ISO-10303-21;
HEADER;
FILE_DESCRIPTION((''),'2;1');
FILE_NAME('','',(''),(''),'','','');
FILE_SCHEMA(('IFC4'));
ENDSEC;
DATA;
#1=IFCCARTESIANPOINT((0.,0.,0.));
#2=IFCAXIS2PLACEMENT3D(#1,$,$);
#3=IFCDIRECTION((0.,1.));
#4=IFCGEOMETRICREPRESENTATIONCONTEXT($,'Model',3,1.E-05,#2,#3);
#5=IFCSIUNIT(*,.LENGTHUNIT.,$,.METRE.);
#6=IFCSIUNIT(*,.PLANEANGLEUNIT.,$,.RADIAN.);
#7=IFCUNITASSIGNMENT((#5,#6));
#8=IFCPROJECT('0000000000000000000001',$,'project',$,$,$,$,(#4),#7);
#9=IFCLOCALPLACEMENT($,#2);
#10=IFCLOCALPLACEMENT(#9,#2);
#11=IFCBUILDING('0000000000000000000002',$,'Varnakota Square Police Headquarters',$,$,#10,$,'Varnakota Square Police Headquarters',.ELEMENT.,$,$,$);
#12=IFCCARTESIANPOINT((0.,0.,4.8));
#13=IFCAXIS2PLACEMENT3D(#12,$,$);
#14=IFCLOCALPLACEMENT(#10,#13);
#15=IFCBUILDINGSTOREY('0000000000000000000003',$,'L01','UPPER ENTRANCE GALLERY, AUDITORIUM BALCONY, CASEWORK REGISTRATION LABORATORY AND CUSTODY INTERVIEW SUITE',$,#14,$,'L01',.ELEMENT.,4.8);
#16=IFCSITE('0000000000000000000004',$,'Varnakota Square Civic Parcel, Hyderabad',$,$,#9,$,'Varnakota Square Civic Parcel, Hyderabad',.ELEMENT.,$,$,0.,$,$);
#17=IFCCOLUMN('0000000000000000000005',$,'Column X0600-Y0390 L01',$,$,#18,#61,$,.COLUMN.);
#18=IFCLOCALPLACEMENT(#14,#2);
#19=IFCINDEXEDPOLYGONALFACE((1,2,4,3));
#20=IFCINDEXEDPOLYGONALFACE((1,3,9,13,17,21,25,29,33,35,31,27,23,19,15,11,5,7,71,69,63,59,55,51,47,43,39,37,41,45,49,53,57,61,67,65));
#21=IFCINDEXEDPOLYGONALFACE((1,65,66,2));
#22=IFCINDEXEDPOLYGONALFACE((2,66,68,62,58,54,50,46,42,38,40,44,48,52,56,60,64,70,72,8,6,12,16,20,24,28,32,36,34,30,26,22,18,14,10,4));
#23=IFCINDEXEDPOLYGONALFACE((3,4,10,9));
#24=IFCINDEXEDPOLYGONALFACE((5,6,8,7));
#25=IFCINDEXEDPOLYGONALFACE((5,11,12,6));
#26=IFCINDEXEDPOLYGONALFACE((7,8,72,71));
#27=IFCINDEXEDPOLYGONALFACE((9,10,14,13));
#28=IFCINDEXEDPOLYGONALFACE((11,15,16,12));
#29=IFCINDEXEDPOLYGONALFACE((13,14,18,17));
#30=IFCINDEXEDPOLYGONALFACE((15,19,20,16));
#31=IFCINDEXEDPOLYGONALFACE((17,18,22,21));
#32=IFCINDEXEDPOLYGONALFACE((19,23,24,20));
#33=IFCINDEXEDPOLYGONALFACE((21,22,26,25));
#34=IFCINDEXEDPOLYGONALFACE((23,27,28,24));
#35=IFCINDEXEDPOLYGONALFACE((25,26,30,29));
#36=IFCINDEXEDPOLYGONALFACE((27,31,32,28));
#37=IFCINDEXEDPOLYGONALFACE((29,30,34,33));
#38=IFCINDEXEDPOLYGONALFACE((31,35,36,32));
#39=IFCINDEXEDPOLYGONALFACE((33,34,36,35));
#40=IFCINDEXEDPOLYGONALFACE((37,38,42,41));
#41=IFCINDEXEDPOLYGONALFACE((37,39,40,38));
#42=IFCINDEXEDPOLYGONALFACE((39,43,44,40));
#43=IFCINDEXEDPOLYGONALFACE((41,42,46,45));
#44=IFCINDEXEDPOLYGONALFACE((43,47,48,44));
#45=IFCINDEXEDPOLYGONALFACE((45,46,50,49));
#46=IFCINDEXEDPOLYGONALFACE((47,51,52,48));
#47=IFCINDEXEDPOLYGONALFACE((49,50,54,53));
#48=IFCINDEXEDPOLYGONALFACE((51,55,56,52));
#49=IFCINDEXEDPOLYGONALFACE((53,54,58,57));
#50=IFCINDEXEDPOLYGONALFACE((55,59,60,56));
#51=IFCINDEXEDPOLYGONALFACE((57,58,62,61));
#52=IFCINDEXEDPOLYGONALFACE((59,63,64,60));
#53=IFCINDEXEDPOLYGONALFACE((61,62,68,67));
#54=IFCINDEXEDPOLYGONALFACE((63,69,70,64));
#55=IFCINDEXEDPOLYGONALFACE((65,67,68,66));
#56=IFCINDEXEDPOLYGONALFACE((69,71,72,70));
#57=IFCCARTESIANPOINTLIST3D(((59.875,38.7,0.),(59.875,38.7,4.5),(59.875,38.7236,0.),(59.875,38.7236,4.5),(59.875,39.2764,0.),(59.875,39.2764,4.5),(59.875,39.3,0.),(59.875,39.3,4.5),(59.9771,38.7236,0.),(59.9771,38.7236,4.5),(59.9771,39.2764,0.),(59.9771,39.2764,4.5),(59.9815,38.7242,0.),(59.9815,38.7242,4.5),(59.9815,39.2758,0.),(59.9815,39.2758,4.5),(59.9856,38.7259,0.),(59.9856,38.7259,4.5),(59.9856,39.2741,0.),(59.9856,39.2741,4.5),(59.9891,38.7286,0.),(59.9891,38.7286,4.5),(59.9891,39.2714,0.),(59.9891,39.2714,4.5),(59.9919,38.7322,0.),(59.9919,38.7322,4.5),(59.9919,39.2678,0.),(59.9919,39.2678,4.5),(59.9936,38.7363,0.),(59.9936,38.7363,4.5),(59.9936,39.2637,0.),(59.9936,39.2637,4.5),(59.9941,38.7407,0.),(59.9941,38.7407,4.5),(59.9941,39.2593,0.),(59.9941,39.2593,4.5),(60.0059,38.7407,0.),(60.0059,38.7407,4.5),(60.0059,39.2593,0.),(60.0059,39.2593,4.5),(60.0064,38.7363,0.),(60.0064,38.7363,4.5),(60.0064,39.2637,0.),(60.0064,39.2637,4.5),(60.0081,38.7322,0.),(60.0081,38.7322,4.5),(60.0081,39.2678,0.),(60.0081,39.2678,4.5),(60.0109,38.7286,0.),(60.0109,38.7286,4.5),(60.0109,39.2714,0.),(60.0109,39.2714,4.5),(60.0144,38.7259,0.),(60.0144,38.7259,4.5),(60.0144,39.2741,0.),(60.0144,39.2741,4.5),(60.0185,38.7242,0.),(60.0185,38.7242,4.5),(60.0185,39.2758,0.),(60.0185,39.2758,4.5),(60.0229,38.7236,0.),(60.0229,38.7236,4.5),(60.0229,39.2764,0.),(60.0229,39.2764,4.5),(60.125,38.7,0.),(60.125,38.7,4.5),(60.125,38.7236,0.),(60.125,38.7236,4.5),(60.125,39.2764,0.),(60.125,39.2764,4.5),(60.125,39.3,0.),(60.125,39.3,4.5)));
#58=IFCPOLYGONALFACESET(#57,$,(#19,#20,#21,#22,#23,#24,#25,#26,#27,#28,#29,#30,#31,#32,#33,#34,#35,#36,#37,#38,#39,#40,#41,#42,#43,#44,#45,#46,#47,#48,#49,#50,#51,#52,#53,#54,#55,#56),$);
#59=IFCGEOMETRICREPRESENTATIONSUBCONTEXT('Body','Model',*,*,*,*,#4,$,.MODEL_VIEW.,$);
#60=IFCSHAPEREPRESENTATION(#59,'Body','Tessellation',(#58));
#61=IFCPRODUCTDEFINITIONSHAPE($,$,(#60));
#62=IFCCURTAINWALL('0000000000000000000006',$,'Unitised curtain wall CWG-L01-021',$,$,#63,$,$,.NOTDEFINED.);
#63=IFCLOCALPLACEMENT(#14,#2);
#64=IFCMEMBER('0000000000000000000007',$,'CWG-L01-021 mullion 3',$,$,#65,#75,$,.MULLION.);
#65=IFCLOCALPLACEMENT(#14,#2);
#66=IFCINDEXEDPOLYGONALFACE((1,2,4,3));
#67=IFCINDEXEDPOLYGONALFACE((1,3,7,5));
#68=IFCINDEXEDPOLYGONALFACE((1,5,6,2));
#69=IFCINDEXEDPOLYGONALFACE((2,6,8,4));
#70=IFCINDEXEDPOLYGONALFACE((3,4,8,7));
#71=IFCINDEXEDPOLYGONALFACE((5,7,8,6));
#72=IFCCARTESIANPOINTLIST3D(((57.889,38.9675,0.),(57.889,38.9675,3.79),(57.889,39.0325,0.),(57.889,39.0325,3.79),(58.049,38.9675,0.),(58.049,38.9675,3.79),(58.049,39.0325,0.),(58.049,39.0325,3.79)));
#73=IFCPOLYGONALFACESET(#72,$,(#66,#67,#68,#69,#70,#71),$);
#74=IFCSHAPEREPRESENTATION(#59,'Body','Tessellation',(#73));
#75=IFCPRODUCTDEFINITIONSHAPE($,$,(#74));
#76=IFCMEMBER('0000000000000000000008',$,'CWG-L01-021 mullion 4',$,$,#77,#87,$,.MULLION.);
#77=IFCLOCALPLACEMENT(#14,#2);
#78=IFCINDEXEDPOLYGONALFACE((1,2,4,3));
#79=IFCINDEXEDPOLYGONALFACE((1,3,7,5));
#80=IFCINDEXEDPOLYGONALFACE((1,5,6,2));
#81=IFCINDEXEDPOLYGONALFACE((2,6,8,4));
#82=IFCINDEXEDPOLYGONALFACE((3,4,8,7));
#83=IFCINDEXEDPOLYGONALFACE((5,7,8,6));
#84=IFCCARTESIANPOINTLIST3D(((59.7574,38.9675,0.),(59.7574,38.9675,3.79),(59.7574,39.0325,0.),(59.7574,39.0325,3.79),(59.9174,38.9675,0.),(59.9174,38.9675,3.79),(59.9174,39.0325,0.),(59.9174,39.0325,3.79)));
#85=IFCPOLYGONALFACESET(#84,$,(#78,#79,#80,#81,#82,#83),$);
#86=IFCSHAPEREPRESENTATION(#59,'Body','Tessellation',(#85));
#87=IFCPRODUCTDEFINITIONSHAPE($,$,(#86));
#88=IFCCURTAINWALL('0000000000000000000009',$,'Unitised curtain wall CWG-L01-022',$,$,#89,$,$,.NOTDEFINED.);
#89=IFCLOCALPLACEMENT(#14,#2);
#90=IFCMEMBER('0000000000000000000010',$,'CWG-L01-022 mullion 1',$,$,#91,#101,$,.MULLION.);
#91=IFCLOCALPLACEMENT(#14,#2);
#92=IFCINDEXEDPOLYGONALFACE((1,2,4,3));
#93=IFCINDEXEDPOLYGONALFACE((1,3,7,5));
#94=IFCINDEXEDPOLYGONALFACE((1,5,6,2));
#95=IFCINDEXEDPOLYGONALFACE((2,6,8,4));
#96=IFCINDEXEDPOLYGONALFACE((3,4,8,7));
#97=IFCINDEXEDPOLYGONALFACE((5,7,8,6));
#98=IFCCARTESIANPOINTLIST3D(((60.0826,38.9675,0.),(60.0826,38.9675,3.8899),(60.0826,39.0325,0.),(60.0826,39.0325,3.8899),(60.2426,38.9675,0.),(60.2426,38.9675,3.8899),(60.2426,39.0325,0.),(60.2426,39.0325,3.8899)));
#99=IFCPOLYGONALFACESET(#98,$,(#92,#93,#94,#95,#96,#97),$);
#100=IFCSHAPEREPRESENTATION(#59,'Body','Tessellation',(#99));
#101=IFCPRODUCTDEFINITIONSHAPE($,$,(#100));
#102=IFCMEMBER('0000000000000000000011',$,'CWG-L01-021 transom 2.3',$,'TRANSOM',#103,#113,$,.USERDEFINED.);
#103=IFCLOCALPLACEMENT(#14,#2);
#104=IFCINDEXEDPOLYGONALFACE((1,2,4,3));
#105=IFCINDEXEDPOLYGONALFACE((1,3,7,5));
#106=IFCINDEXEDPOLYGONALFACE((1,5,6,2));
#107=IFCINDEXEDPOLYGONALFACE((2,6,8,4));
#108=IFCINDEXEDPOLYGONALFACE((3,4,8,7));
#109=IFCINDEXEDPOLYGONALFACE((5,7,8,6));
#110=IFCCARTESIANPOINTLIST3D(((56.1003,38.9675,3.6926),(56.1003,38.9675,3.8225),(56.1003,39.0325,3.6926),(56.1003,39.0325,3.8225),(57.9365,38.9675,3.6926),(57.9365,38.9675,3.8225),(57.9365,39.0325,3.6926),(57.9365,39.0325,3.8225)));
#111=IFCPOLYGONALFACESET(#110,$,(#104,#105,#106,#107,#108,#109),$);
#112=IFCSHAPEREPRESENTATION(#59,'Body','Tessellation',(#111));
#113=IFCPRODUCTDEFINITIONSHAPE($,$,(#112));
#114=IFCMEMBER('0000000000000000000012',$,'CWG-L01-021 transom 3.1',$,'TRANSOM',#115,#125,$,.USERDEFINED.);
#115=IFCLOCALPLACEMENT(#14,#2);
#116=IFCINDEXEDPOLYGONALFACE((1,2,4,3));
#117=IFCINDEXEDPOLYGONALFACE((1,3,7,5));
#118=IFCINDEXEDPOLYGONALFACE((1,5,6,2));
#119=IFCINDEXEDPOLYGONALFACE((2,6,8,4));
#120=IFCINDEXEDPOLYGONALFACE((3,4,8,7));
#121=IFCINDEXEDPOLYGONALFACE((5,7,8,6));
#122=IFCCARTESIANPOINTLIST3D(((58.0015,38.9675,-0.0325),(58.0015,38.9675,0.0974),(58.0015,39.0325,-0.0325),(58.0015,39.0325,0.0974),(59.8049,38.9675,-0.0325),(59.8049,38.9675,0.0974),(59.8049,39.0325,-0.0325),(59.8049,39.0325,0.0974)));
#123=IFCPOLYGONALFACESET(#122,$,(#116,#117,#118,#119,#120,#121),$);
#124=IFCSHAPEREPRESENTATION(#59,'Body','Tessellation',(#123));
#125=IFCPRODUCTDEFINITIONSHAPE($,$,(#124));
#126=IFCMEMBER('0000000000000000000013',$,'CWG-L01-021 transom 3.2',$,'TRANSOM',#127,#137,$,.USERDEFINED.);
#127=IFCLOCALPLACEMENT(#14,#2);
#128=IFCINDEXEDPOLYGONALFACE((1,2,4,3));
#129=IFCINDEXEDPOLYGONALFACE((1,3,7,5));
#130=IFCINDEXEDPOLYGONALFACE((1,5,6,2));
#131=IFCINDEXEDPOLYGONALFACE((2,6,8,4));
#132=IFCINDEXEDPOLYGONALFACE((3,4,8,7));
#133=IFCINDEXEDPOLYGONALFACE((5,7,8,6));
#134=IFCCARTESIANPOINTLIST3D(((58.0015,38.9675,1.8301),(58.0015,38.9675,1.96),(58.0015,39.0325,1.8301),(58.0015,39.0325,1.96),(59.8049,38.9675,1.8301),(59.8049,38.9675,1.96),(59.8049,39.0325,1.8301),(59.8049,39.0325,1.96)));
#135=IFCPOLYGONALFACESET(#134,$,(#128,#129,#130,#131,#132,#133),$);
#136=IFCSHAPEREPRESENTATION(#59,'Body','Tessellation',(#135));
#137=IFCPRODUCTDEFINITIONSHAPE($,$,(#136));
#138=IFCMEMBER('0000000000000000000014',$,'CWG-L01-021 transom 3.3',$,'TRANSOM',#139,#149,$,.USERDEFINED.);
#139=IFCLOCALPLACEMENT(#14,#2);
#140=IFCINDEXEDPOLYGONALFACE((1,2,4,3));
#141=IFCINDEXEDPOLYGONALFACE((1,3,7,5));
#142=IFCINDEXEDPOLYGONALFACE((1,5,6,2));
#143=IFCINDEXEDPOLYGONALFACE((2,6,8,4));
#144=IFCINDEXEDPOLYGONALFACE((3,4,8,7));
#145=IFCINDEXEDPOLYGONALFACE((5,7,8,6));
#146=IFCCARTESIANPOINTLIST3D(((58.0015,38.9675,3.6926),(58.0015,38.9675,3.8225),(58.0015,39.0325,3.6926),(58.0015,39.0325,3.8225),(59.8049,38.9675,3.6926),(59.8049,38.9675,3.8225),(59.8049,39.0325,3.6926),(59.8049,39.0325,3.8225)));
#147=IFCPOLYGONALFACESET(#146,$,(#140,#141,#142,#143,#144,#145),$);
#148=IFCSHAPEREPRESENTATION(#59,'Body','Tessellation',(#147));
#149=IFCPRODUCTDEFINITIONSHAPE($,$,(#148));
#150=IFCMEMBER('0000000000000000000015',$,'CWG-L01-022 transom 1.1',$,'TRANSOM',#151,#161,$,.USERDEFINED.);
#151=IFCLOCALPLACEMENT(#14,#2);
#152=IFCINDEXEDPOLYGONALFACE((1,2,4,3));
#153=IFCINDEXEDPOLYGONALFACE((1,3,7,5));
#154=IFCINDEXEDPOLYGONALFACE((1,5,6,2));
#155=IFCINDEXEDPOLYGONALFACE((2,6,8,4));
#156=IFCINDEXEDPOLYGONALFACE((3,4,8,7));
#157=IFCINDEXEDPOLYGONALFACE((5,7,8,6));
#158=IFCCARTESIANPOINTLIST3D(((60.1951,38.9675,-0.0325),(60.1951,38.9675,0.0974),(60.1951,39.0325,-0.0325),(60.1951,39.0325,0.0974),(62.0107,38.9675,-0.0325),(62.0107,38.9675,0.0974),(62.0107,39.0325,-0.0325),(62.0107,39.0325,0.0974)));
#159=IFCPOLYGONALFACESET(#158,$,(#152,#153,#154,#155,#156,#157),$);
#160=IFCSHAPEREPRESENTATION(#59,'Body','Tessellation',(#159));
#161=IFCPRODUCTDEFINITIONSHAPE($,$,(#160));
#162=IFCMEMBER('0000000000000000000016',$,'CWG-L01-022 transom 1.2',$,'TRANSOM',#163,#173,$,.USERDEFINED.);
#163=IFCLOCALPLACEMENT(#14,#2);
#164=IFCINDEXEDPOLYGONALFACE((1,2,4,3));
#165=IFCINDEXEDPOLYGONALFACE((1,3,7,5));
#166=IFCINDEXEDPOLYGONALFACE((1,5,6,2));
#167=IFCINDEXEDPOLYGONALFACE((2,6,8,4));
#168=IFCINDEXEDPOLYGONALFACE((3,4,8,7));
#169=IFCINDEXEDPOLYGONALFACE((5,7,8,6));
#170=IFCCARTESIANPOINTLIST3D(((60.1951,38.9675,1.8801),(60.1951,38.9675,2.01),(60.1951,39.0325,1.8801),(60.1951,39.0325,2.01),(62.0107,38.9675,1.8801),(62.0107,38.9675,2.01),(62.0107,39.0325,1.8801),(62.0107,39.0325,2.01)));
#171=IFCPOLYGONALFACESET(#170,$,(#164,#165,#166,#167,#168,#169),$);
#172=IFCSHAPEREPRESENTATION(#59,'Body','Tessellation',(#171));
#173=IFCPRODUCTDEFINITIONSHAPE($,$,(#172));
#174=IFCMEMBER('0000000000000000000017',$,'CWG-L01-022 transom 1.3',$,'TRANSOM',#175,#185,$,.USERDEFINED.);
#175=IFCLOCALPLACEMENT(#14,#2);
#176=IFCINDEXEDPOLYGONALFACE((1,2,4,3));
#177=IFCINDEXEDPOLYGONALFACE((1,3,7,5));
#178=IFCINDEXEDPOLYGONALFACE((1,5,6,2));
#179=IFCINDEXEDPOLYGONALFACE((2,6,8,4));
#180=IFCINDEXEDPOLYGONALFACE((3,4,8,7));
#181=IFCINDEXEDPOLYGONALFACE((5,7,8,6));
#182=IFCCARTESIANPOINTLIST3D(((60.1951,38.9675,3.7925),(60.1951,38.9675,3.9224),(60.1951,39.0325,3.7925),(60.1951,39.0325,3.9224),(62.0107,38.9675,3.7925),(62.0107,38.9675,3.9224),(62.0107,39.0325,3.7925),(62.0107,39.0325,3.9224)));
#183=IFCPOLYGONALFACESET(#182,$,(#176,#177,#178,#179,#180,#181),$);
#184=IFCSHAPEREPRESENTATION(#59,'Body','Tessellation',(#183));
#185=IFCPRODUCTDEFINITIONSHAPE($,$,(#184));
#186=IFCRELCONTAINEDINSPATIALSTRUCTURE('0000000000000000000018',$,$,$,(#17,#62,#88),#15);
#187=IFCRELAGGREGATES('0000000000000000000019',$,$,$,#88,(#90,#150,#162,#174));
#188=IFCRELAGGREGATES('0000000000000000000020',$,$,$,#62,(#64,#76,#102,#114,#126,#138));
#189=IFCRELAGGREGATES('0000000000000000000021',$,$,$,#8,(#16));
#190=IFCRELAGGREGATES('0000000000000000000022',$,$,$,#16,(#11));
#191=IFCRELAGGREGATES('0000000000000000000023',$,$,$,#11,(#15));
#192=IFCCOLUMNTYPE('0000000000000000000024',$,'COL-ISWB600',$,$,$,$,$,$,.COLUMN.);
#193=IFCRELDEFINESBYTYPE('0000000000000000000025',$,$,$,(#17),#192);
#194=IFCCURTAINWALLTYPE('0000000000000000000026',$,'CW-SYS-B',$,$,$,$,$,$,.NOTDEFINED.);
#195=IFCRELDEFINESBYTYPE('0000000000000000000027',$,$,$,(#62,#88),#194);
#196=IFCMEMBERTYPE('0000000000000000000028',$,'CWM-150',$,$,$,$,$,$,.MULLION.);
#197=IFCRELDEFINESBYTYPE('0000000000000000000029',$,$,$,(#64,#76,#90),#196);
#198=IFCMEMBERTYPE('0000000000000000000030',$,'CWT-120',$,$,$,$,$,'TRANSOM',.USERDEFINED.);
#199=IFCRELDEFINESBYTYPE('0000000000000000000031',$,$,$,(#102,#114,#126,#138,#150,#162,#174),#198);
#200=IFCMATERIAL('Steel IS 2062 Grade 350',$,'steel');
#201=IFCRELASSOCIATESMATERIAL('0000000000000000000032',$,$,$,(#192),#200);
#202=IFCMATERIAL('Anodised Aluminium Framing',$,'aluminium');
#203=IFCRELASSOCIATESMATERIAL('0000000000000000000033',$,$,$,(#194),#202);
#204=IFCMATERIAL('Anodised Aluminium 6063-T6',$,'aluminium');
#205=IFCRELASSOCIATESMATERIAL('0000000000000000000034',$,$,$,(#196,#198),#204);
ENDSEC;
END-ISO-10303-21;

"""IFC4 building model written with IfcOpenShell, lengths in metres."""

from ifc_helpers import new_model, si_unit, direction, frame, origin, origin_2d, place, context, subcontext, project, spatial, rectangle, i_section, extrude, material, material_profile, profile_set, type_object, element, aggregate, save


model = new_model("IFC4")

# Units and contexts
model_context = context("Model", 3, precision=1e-05, world=origin(), true_north=direction((0.0, 1.0)))
body_context = subcontext(model_context, "Body", "Model", "MODEL_VIEW")
ifc_project = project(units=[si_unit("LENGTHUNIT", "METRE"), si_unit("PLANEANGLEUNIT", "RADIAN")], contexts=[model_context])

# Site, building, storey
site_placement = place(None, origin())
site = spatial("IfcSite", under=ifc_project, at=site_placement, Name="Varnakota Square Civic Parcel, Hyderabad", LongName="Varnakota Square Civic Parcel, Hyderabad", CompositionType="ELEMENT", RefElevation=0.0)
building_placement = place(site_placement, origin())
building = spatial("IfcBuilding", under=site, at=building_placement, Name="Varnakota Square Police Headquarters", LongName="Varnakota Square Police Headquarters", CompositionType="ELEMENT")
storey_placement = place(building_placement, frame((0.0, 0.0, 4.8)))
storey = spatial("IfcBuildingStorey", under=building, at=storey_placement, Name="L01", Description="UPPER ENTRANCE GALLERY, AUDITORIUM BALCONY, CASEWORK REGISTRATION LABORATORY AND CUSTODY INTERVIEW SUITE", LongName="L01", CompositionType="ELEMENT", Elevation=4.8)

# Column
ifc_material_1 = material(Name="Steel IS 2062 Grade 350", Category="steel")
ifc_material_profile_1 = material_profile(ifc_material_1, i_section(OverallWidth=0.25, OverallDepth=0.6001, WebThickness=0.0117, FlangeThickness=0.0237, FilletRadius=0.0171, at=origin_2d()), Name="ISWB 600")
ifc_profile_set_1 = profile_set([ifc_material_profile_1], Name="Steel IS 2062 Grade 350")
column_type = type_object("IfcColumnType", Name="COL-ISWB600", PredefinedType="COLUMN", material=ifc_profile_set_1)
column_placement = place(storey_placement, frame((60.0, 39.0, 0.0), z_axis=(0.0, 0.0, 1.0), x_axis=(1.0, 0.0, 0.0)))
element("IfcColumn", 1, at=column_placement, inside=storey, type_object=column_type, Name="Column X0600-Y0390 L01", PredefinedType="COLUMN", context=body_context, shape_type="SweptSolid", body=[
    extrude(i_section(OverallWidth=0.25, OverallDepth=0.6001, WebThickness=0.0117, FlangeThickness=0.0237, FilletRadius=0.0171, at=origin_2d()), origin(), (0.0, 0.0, 1.0), 4.5),
])

# Curtain wall, members
ifc_material_2 = material(Name="Anodised Aluminium Framing", Category="aluminium")
curtain_wall_type = type_object("IfcCurtainWallType", Name="CW-SYS-B", PredefinedType="NOTDEFINED", material=ifc_material_2)
curtain_wall_1_placement = place(storey_placement, origin())
curtain_wall_1 = element("IfcCurtainWall", 2, at=curtain_wall_1_placement, inside=storey, type_object=curtain_wall_type, Name="Unitised curtain wall CWG-L01-021", PredefinedType="NOTDEFINED")
ifc_material_3 = material(Name="Anodised Aluminium 6063-T6", Category="aluminium")
ifc_material_profile_2 = material_profile(ifc_material_3, rectangle(XDim=0.0649, YDim=0.1599, at=origin_2d()), Name="ALU MULLION 65x160")
ifc_profile_set_2 = profile_set([ifc_material_profile_2], Name="Anodised Aluminium 6063-T6")
member_type_1 = type_object("IfcMemberType", Name="CWM-150", PredefinedType="MULLION", material=ifc_profile_set_2)
member_1_placement = place(storey_placement, frame((57.969, 39.0, 0.0), z_axis=(0.0, 0.0, 1.0), x_axis=(0.0, 1.0, 0.0)))
member_1 = element("IfcMember", 3, at=member_1_placement, type_object=member_type_1, Name="CWG-L01-021 mullion 3", PredefinedType="MULLION", context=body_context, shape_type="SweptSolid", body=[
    extrude(rectangle(XDim=0.0649, YDim=0.1599, at=origin_2d()), origin(), (0.0, 0.0, 1.0), 3.79),
])
member_2_placement = place(storey_placement, frame((59.8374, 39.0, 0.0), z_axis=(0.0, 0.0, 1.0), x_axis=(0.0, 1.0, 0.0)))
member_2 = element("IfcMember", 4, at=member_2_placement, type_object=member_type_1, Name="CWG-L01-021 mullion 4", PredefinedType="MULLION", context=body_context, shape_type="SweptSolid", body=[
    extrude(rectangle(XDim=0.0649, YDim=0.1599, at=origin_2d()), origin(), (0.0, 0.0, 1.0), 3.79),
])

# Curtain wall, member
curtain_wall_2_placement = place(storey_placement, origin())
curtain_wall_2 = element("IfcCurtainWall", 5, at=curtain_wall_2_placement, inside=storey, type_object=curtain_wall_type, Name="Unitised curtain wall CWG-L01-022", PredefinedType="NOTDEFINED")
member_3_placement = place(storey_placement, frame((60.1626, 39.0, 0.0), z_axis=(0.0, 0.0, 1.0), x_axis=(0.0, 1.0, 0.0)))
member_3 = element("IfcMember", 6, at=member_3_placement, type_object=member_type_1, Name="CWG-L01-022 mullion 1", PredefinedType="MULLION", context=body_context, shape_type="SweptSolid", body=[
    extrude(rectangle(XDim=0.0649, YDim=0.1599, at=origin_2d()), origin(), (0.0, 0.0, 1.0), 3.8899),
])

# Members
ifc_material_profile_3 = material_profile(ifc_material_3, rectangle(XDim=0.0649, YDim=0.1299, at=origin_2d()), Name="ALU TRANSOM 65x130")
ifc_profile_set_3 = profile_set([ifc_material_profile_3], Name="Anodised Aluminium 6063-T6")
member_type_2 = type_object("IfcMemberType", Name="CWT-120", ElementType="TRANSOM", PredefinedType="USERDEFINED", material=ifc_profile_set_3)
member_4_placement = place(storey_placement, frame((56.1003, 39.0, 3.7576), z_axis=(1.0, 0.0, 0.0), x_axis=(0.0, 1.0, 0.0)))
member_4 = element("IfcMember", 7, at=member_4_placement, type_object=member_type_2, Name="CWG-L01-021 transom 2.3", ObjectType="TRANSOM", PredefinedType="USERDEFINED", context=body_context, shape_type="SweptSolid", body=[
    extrude(rectangle(XDim=0.0649, YDim=0.1299, at=origin_2d()), origin(), (0.0, 0.0, 1.0), 1.8362),
])
member_5_placement = place(storey_placement, frame((58.0015, 39.0, 0.0325), z_axis=(1.0, 0.0, 0.0), x_axis=(0.0, 1.0, 0.0)))
member_5 = element("IfcMember", 8, at=member_5_placement, type_object=member_type_2, Name="CWG-L01-021 transom 3.1", ObjectType="TRANSOM", PredefinedType="USERDEFINED", context=body_context, shape_type="SweptSolid", body=[
    extrude(rectangle(XDim=0.0649, YDim=0.1299, at=origin_2d()), origin(), (0.0, 0.0, 1.0), 1.8035),
])
member_6_placement = place(storey_placement, frame((58.0015, 39.0, 1.895), z_axis=(1.0, 0.0, 0.0), x_axis=(0.0, 1.0, 0.0)))
member_6 = element("IfcMember", 9, at=member_6_placement, type_object=member_type_2, Name="CWG-L01-021 transom 3.2", ObjectType="TRANSOM", PredefinedType="USERDEFINED", context=body_context, shape_type="SweptSolid", body=[
    extrude(rectangle(XDim=0.0649, YDim=0.1299, at=origin_2d()), origin(), (0.0, 0.0, 1.0), 1.8035),
])
member_7_placement = place(storey_placement, frame((58.0015, 39.0, 3.7576), z_axis=(1.0, 0.0, 0.0), x_axis=(0.0, 1.0, 0.0)))
member_7 = element("IfcMember", 10, at=member_7_placement, type_object=member_type_2, Name="CWG-L01-021 transom 3.3", ObjectType="TRANSOM", PredefinedType="USERDEFINED", context=body_context, shape_type="SweptSolid", body=[
    extrude(rectangle(XDim=0.0649, YDim=0.1299, at=origin_2d()), origin(), (0.0, 0.0, 1.0), 1.8035),
])
member_8_placement = place(storey_placement, frame((60.1951, 39.0, 0.0325), z_axis=(1.0, 0.0, 0.0), x_axis=(0.0, 1.0, 0.0)))
member_8 = element("IfcMember", 11, at=member_8_placement, type_object=member_type_2, Name="CWG-L01-022 transom 1.1", ObjectType="TRANSOM", PredefinedType="USERDEFINED", context=body_context, shape_type="SweptSolid", body=[
    extrude(rectangle(XDim=0.0649, YDim=0.1299, at=origin_2d()), origin(), (0.0, 0.0, 1.0), 1.8157),
])
member_9_placement = place(storey_placement, frame((60.1951, 39.0, 1.9451), z_axis=(1.0, 0.0, 0.0), x_axis=(0.0, 1.0, 0.0)))
member_9 = element("IfcMember", 12, at=member_9_placement, type_object=member_type_2, Name="CWG-L01-022 transom 1.2", ObjectType="TRANSOM", PredefinedType="USERDEFINED", context=body_context, shape_type="SweptSolid", body=[
    extrude(rectangle(XDim=0.0649, YDim=0.1299, at=origin_2d()), origin(), (0.0, 0.0, 1.0), 1.8157),
])
member_10_placement = place(storey_placement, frame((60.1951, 39.0, 3.8574), z_axis=(1.0, 0.0, 0.0), x_axis=(0.0, 1.0, 0.0)))
member_10 = element("IfcMember", 13, at=member_10_placement, type_object=member_type_2, Name="CWG-L01-022 transom 1.3", ObjectType="TRANSOM", PredefinedType="USERDEFINED", context=body_context, shape_type="SweptSolid", body=[
    extrude(rectangle(XDim=0.0649, YDim=0.1299, at=origin_2d()), origin(), (0.0, 0.0, 1.0), 1.8157),
])
aggregate(curtain_wall_2, [member_3, member_8, member_9, member_10])

aggregate(curtain_wall_1, [member_1, member_2, member_4, member_5, member_6, member_7])

save(model, "model.ifc")
